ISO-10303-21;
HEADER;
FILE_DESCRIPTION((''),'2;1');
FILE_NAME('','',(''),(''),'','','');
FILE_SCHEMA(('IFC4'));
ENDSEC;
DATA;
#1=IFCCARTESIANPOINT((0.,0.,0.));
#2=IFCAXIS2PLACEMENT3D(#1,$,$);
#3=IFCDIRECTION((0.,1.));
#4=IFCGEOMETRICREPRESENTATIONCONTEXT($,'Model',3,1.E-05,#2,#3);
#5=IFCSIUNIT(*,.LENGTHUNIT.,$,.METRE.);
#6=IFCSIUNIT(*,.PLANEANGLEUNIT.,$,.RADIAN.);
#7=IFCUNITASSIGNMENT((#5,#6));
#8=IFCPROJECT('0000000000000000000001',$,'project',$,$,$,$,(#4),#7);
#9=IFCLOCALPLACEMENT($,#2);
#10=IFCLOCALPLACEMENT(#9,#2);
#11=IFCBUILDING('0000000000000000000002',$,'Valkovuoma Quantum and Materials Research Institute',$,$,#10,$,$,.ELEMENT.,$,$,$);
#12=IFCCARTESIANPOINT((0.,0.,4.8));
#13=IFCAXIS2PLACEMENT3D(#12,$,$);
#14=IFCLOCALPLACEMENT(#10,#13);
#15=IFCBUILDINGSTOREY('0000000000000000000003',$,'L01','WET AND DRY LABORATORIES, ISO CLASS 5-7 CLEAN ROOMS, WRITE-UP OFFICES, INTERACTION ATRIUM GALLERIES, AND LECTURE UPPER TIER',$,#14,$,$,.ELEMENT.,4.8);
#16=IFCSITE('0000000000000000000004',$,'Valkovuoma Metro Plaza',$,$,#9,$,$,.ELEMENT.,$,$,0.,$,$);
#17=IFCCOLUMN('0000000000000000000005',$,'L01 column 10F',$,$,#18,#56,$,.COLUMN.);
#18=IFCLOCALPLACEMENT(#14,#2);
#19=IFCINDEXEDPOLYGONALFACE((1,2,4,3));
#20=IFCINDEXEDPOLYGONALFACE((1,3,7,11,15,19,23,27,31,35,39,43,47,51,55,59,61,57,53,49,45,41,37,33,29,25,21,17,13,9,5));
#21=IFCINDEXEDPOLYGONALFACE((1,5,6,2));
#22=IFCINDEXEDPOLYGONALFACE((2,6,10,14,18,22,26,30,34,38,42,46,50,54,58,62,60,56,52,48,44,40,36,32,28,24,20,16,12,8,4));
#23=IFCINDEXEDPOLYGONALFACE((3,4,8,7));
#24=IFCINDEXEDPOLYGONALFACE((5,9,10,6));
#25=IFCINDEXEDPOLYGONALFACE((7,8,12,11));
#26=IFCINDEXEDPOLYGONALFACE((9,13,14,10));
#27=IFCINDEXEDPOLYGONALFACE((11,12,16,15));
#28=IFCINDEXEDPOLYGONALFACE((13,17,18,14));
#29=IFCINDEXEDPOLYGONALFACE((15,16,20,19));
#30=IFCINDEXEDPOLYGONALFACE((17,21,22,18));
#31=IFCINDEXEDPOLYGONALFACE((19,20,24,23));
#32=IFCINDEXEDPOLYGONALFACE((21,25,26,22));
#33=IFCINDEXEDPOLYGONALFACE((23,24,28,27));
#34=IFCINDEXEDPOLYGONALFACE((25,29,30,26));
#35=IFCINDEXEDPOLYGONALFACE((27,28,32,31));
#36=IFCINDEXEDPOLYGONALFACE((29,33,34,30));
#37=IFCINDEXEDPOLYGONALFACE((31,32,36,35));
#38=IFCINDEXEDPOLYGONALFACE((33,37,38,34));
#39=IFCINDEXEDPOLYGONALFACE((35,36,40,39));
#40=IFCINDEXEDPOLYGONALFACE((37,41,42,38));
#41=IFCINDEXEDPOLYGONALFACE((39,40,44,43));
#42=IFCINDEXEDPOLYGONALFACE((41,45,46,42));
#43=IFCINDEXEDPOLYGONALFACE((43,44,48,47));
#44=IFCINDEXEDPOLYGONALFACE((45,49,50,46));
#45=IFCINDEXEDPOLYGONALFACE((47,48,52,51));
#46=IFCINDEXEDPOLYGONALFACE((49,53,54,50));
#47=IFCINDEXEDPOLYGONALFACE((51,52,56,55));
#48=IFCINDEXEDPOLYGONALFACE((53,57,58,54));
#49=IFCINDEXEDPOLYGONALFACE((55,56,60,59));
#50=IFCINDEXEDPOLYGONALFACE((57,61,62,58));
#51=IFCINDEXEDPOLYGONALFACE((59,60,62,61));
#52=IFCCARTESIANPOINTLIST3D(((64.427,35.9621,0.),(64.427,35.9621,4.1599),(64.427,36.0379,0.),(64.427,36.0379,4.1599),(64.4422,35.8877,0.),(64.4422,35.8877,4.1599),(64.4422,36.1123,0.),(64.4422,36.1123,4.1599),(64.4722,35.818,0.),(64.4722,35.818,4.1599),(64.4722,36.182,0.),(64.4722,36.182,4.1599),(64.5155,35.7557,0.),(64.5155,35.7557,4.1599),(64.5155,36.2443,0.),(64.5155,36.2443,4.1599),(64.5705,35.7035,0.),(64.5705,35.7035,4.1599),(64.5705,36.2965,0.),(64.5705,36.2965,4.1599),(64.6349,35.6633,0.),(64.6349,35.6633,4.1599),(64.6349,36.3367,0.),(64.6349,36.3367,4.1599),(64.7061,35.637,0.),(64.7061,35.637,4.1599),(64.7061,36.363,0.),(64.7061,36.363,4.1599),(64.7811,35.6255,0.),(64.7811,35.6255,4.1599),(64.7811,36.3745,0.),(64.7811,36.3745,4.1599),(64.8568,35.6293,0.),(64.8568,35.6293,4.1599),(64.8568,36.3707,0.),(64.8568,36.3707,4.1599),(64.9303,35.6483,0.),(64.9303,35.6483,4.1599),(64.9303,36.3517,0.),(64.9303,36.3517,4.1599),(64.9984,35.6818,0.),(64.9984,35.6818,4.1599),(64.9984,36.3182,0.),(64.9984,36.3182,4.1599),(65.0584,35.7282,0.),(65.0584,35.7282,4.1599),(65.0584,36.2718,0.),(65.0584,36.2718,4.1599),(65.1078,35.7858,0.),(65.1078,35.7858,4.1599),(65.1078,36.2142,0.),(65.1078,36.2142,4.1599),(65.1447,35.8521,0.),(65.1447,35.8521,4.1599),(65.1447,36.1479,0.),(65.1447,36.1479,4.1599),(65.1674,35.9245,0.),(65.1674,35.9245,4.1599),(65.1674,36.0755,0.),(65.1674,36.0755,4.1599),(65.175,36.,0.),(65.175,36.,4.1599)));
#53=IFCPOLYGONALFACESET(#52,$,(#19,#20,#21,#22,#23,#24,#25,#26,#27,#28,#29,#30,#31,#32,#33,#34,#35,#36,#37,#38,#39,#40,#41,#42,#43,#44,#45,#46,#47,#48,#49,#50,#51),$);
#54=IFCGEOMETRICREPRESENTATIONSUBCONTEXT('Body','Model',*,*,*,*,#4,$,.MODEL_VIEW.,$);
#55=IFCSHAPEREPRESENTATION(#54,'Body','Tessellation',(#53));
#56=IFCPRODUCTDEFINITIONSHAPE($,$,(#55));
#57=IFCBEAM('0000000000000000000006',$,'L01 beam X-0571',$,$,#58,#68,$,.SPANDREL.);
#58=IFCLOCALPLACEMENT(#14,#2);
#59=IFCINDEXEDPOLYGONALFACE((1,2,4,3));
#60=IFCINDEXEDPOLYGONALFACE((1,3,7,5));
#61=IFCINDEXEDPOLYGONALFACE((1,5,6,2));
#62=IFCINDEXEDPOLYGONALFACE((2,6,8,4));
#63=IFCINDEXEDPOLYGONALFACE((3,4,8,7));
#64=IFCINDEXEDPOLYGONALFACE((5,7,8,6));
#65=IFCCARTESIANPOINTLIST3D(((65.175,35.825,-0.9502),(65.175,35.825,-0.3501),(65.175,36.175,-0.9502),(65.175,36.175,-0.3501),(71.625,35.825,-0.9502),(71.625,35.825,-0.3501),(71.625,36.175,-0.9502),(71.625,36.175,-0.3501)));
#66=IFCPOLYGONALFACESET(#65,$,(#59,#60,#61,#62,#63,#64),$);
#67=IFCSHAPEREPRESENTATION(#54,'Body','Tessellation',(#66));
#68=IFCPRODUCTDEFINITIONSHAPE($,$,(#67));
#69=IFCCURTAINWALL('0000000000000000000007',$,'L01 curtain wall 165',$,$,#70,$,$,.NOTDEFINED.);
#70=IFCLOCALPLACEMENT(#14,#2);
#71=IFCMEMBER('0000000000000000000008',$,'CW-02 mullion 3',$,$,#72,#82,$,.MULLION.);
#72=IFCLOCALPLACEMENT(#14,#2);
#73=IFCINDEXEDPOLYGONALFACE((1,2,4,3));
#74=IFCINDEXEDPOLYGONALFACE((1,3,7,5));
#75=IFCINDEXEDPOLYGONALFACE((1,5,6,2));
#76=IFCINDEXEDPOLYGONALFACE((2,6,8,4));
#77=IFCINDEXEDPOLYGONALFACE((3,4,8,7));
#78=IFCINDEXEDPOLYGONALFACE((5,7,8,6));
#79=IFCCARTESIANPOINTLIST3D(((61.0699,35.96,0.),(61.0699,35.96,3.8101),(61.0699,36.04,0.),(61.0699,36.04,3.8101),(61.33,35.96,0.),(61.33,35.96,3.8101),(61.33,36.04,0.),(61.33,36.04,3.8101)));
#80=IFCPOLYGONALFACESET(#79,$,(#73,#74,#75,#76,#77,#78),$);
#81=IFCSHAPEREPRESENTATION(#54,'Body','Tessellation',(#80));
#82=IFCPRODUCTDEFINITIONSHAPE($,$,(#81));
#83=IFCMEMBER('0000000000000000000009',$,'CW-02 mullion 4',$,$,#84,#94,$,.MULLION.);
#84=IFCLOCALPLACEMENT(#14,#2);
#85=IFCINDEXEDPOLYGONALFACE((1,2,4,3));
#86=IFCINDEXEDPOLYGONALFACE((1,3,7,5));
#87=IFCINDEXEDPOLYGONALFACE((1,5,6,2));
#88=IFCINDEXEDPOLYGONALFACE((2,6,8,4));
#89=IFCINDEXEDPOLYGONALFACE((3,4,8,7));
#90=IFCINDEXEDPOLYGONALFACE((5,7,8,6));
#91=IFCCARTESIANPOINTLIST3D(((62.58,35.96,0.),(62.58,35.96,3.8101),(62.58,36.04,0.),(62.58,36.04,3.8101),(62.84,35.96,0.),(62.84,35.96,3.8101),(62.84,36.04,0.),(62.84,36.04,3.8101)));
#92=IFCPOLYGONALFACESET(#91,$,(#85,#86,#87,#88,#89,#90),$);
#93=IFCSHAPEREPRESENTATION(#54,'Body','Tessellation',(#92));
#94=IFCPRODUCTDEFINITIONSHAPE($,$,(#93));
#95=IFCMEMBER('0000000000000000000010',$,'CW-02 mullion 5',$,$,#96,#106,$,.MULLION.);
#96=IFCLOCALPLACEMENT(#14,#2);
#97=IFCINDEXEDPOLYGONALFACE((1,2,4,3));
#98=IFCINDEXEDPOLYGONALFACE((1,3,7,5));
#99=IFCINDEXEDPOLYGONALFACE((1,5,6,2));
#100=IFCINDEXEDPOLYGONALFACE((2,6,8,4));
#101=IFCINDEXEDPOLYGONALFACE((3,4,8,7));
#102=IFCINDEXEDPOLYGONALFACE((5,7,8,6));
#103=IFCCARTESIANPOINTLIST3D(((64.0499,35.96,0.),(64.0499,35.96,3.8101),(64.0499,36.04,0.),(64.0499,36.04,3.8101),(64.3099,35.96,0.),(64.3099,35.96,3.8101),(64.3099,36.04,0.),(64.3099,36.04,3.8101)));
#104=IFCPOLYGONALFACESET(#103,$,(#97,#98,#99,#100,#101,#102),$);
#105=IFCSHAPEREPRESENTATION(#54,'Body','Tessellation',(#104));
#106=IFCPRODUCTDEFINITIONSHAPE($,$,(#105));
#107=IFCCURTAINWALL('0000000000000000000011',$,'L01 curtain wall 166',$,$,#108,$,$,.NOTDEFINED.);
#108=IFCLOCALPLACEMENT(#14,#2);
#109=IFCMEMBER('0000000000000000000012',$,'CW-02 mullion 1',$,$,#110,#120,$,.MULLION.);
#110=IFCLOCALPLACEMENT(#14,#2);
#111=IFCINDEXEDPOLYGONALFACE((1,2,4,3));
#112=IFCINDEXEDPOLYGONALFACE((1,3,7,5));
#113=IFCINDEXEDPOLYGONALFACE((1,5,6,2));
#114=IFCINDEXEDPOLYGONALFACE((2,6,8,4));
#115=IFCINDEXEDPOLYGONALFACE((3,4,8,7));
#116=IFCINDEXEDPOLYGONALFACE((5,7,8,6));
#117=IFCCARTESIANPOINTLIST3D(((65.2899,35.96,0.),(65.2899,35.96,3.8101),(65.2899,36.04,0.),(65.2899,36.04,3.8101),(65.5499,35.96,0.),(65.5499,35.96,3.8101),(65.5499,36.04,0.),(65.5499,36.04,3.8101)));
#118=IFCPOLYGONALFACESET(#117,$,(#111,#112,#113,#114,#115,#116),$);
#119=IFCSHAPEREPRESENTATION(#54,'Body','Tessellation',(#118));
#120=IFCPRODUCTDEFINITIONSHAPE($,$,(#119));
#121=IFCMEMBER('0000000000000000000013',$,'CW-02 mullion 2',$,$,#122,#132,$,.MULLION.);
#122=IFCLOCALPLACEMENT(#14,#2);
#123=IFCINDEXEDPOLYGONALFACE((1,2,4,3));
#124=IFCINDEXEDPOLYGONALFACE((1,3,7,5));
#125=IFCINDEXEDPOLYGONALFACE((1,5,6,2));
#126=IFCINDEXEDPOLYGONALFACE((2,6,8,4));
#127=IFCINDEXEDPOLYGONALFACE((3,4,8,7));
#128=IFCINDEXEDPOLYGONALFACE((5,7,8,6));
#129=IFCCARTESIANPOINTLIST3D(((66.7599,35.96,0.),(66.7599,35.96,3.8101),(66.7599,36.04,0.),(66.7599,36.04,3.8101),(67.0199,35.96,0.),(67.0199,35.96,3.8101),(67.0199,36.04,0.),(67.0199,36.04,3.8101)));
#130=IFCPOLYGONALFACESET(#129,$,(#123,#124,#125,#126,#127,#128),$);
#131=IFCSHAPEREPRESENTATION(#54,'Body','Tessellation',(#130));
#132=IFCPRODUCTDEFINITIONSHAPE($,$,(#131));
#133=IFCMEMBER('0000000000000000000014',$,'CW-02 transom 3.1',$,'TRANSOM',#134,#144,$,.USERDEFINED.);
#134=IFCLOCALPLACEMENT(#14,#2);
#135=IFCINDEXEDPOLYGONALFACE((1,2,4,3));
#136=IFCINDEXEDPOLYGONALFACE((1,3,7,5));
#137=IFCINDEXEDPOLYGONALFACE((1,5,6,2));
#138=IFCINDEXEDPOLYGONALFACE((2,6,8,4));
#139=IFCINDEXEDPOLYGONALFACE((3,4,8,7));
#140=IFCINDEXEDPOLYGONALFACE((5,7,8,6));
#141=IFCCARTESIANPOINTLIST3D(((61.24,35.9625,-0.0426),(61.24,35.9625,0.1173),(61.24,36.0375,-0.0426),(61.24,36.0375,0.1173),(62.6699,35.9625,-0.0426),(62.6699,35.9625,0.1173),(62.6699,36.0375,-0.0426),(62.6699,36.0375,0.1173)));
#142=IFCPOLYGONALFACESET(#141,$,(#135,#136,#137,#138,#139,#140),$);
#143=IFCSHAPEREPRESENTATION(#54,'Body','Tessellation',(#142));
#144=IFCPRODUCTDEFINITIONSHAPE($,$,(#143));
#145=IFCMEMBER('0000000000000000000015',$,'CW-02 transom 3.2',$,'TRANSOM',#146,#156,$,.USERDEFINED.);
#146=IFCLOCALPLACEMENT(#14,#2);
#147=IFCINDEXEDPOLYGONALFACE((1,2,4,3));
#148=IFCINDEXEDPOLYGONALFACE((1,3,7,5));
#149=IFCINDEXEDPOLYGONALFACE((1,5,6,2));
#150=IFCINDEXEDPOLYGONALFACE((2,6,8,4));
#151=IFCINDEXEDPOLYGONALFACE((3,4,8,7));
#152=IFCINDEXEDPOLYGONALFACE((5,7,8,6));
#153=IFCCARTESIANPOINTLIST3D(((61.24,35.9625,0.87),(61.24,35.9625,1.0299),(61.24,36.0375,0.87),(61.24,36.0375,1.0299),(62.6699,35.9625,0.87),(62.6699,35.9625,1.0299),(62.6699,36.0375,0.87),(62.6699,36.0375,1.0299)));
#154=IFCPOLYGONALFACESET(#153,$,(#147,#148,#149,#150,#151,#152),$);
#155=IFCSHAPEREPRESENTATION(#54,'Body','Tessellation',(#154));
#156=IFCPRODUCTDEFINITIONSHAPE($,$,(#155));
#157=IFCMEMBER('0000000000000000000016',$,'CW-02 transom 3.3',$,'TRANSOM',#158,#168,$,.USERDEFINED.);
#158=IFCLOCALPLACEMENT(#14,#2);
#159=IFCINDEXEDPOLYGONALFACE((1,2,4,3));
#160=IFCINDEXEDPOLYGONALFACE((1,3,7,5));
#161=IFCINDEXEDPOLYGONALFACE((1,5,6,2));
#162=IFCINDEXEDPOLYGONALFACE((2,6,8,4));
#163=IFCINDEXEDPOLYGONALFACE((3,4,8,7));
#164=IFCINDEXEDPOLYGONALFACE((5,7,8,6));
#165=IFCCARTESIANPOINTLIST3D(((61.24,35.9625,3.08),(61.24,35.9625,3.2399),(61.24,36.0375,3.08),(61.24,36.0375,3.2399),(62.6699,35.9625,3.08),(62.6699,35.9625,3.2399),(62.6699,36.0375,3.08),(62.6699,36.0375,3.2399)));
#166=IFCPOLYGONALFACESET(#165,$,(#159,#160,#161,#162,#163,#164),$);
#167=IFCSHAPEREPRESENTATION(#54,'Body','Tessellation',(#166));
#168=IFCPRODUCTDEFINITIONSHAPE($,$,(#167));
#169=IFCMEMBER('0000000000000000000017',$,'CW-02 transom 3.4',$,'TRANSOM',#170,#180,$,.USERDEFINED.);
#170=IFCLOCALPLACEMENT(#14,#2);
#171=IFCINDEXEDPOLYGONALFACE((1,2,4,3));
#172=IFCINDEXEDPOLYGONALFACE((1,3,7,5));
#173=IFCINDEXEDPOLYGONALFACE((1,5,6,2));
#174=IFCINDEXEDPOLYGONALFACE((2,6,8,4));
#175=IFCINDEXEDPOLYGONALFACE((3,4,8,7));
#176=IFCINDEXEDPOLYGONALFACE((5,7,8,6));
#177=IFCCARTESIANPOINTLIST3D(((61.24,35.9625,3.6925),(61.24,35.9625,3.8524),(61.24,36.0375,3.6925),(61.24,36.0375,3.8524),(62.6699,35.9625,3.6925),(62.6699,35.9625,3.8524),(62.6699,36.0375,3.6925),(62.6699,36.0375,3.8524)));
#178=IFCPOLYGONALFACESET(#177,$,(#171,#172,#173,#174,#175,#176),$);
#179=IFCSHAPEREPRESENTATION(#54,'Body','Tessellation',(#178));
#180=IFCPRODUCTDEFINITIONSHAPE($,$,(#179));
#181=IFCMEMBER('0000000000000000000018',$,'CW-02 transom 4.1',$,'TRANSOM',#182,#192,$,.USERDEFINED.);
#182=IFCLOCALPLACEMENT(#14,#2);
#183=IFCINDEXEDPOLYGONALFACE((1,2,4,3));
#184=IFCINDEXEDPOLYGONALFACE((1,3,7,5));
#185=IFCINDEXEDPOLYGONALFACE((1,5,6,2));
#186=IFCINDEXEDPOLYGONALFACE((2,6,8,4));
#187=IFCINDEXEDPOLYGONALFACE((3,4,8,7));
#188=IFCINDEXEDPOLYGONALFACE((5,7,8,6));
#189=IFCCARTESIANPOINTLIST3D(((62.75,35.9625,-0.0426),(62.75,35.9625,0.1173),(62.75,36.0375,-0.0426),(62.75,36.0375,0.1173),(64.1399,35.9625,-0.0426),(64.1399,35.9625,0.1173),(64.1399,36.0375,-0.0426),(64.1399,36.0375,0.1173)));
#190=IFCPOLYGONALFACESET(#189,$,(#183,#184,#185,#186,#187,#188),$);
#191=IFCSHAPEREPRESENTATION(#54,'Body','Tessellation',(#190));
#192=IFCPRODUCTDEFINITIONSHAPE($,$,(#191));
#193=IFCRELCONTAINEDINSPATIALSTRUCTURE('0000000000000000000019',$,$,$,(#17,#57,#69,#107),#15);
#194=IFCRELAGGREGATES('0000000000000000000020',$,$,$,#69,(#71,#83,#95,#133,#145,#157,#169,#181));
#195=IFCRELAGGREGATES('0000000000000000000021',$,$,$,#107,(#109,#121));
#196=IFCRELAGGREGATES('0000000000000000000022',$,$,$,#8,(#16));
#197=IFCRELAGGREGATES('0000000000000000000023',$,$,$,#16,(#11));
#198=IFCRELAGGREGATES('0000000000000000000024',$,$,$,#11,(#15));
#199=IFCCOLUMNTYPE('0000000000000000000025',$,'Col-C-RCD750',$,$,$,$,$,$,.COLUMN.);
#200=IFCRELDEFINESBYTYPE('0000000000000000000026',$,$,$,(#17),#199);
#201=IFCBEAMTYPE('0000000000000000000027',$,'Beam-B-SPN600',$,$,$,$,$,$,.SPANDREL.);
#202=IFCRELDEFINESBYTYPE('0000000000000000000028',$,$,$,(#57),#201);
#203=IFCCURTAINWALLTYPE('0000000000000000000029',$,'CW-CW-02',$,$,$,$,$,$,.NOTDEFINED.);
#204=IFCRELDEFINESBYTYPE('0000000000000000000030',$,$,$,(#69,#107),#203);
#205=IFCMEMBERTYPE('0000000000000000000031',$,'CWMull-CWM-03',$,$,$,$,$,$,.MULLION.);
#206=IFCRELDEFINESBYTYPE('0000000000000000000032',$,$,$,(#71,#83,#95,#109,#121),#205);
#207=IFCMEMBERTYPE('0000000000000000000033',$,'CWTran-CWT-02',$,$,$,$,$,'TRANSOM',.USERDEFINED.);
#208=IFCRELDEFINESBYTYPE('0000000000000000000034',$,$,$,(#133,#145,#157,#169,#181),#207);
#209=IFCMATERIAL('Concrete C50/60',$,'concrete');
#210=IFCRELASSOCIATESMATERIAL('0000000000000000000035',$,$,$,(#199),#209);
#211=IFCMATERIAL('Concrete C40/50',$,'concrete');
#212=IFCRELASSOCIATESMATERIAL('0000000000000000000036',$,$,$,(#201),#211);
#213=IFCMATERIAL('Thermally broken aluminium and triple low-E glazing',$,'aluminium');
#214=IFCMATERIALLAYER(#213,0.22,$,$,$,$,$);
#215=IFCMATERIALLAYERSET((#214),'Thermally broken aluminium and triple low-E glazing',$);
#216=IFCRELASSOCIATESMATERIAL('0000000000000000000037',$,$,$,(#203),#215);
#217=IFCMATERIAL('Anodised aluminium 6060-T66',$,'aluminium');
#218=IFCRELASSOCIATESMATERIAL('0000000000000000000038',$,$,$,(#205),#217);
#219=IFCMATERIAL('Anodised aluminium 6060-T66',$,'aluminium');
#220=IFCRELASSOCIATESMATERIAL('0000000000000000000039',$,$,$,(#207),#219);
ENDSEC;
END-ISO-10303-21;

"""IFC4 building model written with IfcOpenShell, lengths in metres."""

from ifc_helpers import new_model, si_unit, direction, frame, origin, origin_2d, place, context, subcontext, project, spatial, rectangle, circle, extrude, material, layer, layer_set, material_profile, profile_set, type_object, element, aggregate, save


model = new_model("IFC4")

# Units and contexts
model_context = context("Model", 3, precision=1e-05, world=origin(), true_north=direction((0.0, 1.0)))
body_context = subcontext(model_context, "Body", "Model", "MODEL_VIEW")
ifc_project = project(units=[si_unit("LENGTHUNIT", "METRE"), si_unit("PLANEANGLEUNIT", "RADIAN")], contexts=[model_context])

# Site, building, storey
site_placement = place(None, origin())
site = spatial("IfcSite", under=ifc_project, at=site_placement, Name="Valkovuoma Metro Plaza", CompositionType="ELEMENT", RefElevation=0.0)
building_placement = place(site_placement, origin())
building = spatial("IfcBuilding", under=site, at=building_placement, Name="Valkovuoma Quantum and Materials Research Institute", CompositionType="ELEMENT")
storey_placement = place(building_placement, frame((0.0, 0.0, 4.8)))
storey = spatial("IfcBuildingStorey", under=building, at=storey_placement, Name="L01", Description="WET AND DRY LABORATORIES, ISO CLASS 5-7 CLEAN ROOMS, WRITE-UP OFFICES, INTERACTION ATRIUM GALLERIES, AND LECTURE UPPER TIER", CompositionType="ELEMENT", Elevation=4.8)

# Column
ifc_material_1 = material(Name="Concrete C50/60", Category="concrete")
ifc_material_profile_1 = material_profile(ifc_material_1, circle(Radius=0.375, at=origin_2d()), Name="Concrete C50/60")
ifc_profile_set_1 = profile_set([ifc_material_profile_1], Name="Concrete C50/60")
column_type = type_object("IfcColumnType", Name="Col-C-RCD750", PredefinedType="COLUMN", material=ifc_profile_set_1)
column_placement = place(storey_placement, frame((64.8, 36.0, 0.0), z_axis=(0.0, 0.0, 1.0), x_axis=(1.0, 0.0, 0.0)))
element("IfcColumn", 1, at=column_placement, inside=storey, type_object=column_type, Name="L01 column 10F", PredefinedType="COLUMN", context=body_context, shape_type="SweptSolid", body=[
    extrude(circle(Radius=0.375, at=origin_2d()), origin(), (0.0, 0.0, 1.0), 4.1599),
])

# Beam
ifc_material_2 = material(Name="Concrete C40/50", Category="concrete")
ifc_material_profile_2 = material_profile(ifc_material_2, rectangle(XDim=0.3501, YDim=0.6001, at=origin_2d()), Name="Concrete C40/50")
ifc_profile_set_2 = profile_set([ifc_material_profile_2], Name="Concrete C40/50")
beam_type = type_object("IfcBeamType", Name="Beam-B-SPN600", PredefinedType="SPANDREL", material=ifc_profile_set_2)
beam_placement = place(storey_placement, frame((65.175, 36.0, -0.6501), z_axis=(1.0, 0.0, 0.0), x_axis=(0.0, 1.0, 0.0)))
element("IfcBeam", 2, at=beam_placement, inside=storey, type_object=beam_type, Name="L01 beam X-0571", PredefinedType="SPANDREL", context=body_context, shape_type="SweptSolid", body=[
    extrude(rectangle(XDim=0.3501, YDim=0.6001, at=origin_2d()), origin(), (0.0, 0.0, 1.0), 6.45),
])

# Curtain walls, members
ifc_material_3 = material(Name="Thermally broken aluminium and triple low-E glazing", Category="aluminium")
ifc_layer_1 = layer(ifc_material_3, 0.22)
ifc_layer_set_1 = layer_set([ifc_layer_1], Name="Thermally broken aluminium and triple low-E glazing")
curtain_wall_type = type_object("IfcCurtainWallType", Name="CW-CW-02", PredefinedType="NOTDEFINED", material=ifc_layer_set_1)
curtain_wall_1_placement = place(storey_placement, origin())
curtain_wall_1 = element("IfcCurtainWall", 3, at=curtain_wall_1_placement, inside=storey, type_object=curtain_wall_type, Name="L01 curtain wall 165", PredefinedType="NOTDEFINED")
ifc_material_4 = material(Name="Anodised aluminium 6060-T66", Category="aluminium")
ifc_material_profile_3 = material_profile(ifc_material_4, rectangle(XDim=0.0801, YDim=0.26, at=origin_2d()), Name="Anodised aluminium 6060-T66")
ifc_profile_set_3 = profile_set([ifc_material_profile_3], Name="Anodised aluminium 6060-T66")
member_type_1 = type_object("IfcMemberType", Name="CWMull-CWM-03", PredefinedType="MULLION", material=ifc_profile_set_3)
member_1_placement = place(storey_placement, frame((61.2, 36.0, 0.0), z_axis=(0.0, 0.0, 1.0), x_axis=(0.0, 1.0, 0.0)))
member_1 = element("IfcMember", 4, at=member_1_placement, type_object=member_type_1, Name="CW-02 mullion 3", PredefinedType="MULLION", context=body_context, shape_type="SweptSolid", body=[
    extrude(rectangle(XDim=0.0801, YDim=0.26, at=origin_2d()), origin(), (0.0, 0.0, 1.0), 3.8101),
])
member_2_placement = place(storey_placement, frame((62.71, 36.0, 0.0), z_axis=(0.0, 0.0, 1.0), x_axis=(0.0, 1.0, 0.0)))
member_2 = element("IfcMember", 5, at=member_2_placement, type_object=member_type_1, Name="CW-02 mullion 4", PredefinedType="MULLION", context=body_context, shape_type="SweptSolid", body=[
    extrude(rectangle(XDim=0.0801, YDim=0.26, at=origin_2d()), origin(), (0.0, 0.0, 1.0), 3.8101),
])
member_3_placement = place(storey_placement, frame((64.1799, 36.0, 0.0), z_axis=(0.0, 0.0, 1.0), x_axis=(0.0, 1.0, 0.0)))
member_3 = element("IfcMember", 6, at=member_3_placement, type_object=member_type_1, Name="CW-02 mullion 5", PredefinedType="MULLION", context=body_context, shape_type="SweptSolid", body=[
    extrude(rectangle(XDim=0.0801, YDim=0.26, at=origin_2d()), origin(), (0.0, 0.0, 1.0), 3.8101),
])
curtain_wall_2_placement = place(storey_placement, origin())
curtain_wall_2 = element("IfcCurtainWall", 7, at=curtain_wall_2_placement, inside=storey, type_object=curtain_wall_type, Name="L01 curtain wall 166", PredefinedType="NOTDEFINED")
member_4_placement = place(storey_placement, frame((65.4199, 36.0, 0.0), z_axis=(0.0, 0.0, 1.0), x_axis=(0.0, 1.0, 0.0)))
member_4 = element("IfcMember", 8, at=member_4_placement, type_object=member_type_1, Name="CW-02 mullion 1", PredefinedType="MULLION", context=body_context, shape_type="SweptSolid", body=[
    extrude(rectangle(XDim=0.0801, YDim=0.26, at=origin_2d()), origin(), (0.0, 0.0, 1.0), 3.8101),
])
member_5_placement = place(storey_placement, frame((66.8899, 36.0, 0.0), z_axis=(0.0, 0.0, 1.0), x_axis=(0.0, 1.0, 0.0)))
member_5 = element("IfcMember", 9, at=member_5_placement, type_object=member_type_1, Name="CW-02 mullion 2", PredefinedType="MULLION", context=body_context, shape_type="SweptSolid", body=[
    extrude(rectangle(XDim=0.0801, YDim=0.26, at=origin_2d()), origin(), (0.0, 0.0, 1.0), 3.8101),
])

# Members
ifc_material_5 = material(Name="Anodised aluminium 6060-T66", Category="aluminium")
ifc_material_profile_4 = material_profile(ifc_material_5, rectangle(XDim=0.075, YDim=0.1599, at=origin_2d()), Name="Anodised aluminium 6060-T66")
ifc_profile_set_4 = profile_set([ifc_material_profile_4], Name="Anodised aluminium 6060-T66")
member_type_2 = type_object("IfcMemberType", Name="CWTran-CWT-02", ElementType="TRANSOM", PredefinedType="USERDEFINED", material=ifc_profile_set_4)
member_6_placement = place(storey_placement, frame((61.24, 36.0, 0.0374), z_axis=(1.0, 0.0, 0.0), x_axis=(0.0, 1.0, 0.0)))
member_6 = element("IfcMember", 10, at=member_6_placement, type_object=member_type_2, Name="CW-02 transom 3.1", ObjectType="TRANSOM", PredefinedType="USERDEFINED", context=body_context, shape_type="SweptSolid", body=[
    extrude(rectangle(XDim=0.075, YDim=0.1599, at=origin_2d()), origin(), (0.0, 0.0, 1.0), 1.4299),
])
member_7_placement = place(storey_placement, frame((61.24, 36.0, 0.95), z_axis=(1.0, 0.0, 0.0), x_axis=(0.0, 1.0, 0.0)))
member_7 = element("IfcMember", 11, at=member_7_placement, type_object=member_type_2, Name="CW-02 transom 3.2", ObjectType="TRANSOM", PredefinedType="USERDEFINED", context=body_context, shape_type="SweptSolid", body=[
    extrude(rectangle(XDim=0.075, YDim=0.1599, at=origin_2d()), origin(), (0.0, 0.0, 1.0), 1.4299),
])
member_8_placement = place(storey_placement, frame((61.24, 36.0, 3.1599), z_axis=(1.0, 0.0, 0.0), x_axis=(0.0, 1.0, 0.0)))
member_8 = element("IfcMember", 12, at=member_8_placement, type_object=member_type_2, Name="CW-02 transom 3.3", ObjectType="TRANSOM", PredefinedType="USERDEFINED", context=body_context, shape_type="SweptSolid", body=[
    extrude(rectangle(XDim=0.075, YDim=0.1599, at=origin_2d()), origin(), (0.0, 0.0, 1.0), 1.4299),
])
member_9_placement = place(storey_placement, frame((61.24, 36.0, 3.7725), z_axis=(1.0, 0.0, 0.0), x_axis=(0.0, 1.0, 0.0)))
member_9 = element("IfcMember", 13, at=member_9_placement, type_object=member_type_2, Name="CW-02 transom 3.4", ObjectType="TRANSOM", PredefinedType="USERDEFINED", context=body_context, shape_type="SweptSolid", body=[
    extrude(rectangle(XDim=0.075, YDim=0.1599, at=origin_2d()), origin(), (0.0, 0.0, 1.0), 1.4299),
])
member_10_placement = place(storey_placement, frame((62.75, 36.0, 0.0374), z_axis=(1.0, 0.0, 0.0), x_axis=(0.0, 1.0, 0.0)))
member_10 = element("IfcMember", 14, at=member_10_placement, type_object=member_type_2, Name="CW-02 transom 4.1", ObjectType="TRANSOM", PredefinedType="USERDEFINED", context=body_context, shape_type="SweptSolid", body=[
    extrude(rectangle(XDim=0.075, YDim=0.1599, at=origin_2d()), origin(), (0.0, 0.0, 1.0), 1.3899),
])

aggregate(curtain_wall_1, [member_1, member_2, member_3, member_6, member_7, member_8, member_9, member_10])
aggregate(curtain_wall_2, [member_4, member_5])

save(model, "model.ifc")
